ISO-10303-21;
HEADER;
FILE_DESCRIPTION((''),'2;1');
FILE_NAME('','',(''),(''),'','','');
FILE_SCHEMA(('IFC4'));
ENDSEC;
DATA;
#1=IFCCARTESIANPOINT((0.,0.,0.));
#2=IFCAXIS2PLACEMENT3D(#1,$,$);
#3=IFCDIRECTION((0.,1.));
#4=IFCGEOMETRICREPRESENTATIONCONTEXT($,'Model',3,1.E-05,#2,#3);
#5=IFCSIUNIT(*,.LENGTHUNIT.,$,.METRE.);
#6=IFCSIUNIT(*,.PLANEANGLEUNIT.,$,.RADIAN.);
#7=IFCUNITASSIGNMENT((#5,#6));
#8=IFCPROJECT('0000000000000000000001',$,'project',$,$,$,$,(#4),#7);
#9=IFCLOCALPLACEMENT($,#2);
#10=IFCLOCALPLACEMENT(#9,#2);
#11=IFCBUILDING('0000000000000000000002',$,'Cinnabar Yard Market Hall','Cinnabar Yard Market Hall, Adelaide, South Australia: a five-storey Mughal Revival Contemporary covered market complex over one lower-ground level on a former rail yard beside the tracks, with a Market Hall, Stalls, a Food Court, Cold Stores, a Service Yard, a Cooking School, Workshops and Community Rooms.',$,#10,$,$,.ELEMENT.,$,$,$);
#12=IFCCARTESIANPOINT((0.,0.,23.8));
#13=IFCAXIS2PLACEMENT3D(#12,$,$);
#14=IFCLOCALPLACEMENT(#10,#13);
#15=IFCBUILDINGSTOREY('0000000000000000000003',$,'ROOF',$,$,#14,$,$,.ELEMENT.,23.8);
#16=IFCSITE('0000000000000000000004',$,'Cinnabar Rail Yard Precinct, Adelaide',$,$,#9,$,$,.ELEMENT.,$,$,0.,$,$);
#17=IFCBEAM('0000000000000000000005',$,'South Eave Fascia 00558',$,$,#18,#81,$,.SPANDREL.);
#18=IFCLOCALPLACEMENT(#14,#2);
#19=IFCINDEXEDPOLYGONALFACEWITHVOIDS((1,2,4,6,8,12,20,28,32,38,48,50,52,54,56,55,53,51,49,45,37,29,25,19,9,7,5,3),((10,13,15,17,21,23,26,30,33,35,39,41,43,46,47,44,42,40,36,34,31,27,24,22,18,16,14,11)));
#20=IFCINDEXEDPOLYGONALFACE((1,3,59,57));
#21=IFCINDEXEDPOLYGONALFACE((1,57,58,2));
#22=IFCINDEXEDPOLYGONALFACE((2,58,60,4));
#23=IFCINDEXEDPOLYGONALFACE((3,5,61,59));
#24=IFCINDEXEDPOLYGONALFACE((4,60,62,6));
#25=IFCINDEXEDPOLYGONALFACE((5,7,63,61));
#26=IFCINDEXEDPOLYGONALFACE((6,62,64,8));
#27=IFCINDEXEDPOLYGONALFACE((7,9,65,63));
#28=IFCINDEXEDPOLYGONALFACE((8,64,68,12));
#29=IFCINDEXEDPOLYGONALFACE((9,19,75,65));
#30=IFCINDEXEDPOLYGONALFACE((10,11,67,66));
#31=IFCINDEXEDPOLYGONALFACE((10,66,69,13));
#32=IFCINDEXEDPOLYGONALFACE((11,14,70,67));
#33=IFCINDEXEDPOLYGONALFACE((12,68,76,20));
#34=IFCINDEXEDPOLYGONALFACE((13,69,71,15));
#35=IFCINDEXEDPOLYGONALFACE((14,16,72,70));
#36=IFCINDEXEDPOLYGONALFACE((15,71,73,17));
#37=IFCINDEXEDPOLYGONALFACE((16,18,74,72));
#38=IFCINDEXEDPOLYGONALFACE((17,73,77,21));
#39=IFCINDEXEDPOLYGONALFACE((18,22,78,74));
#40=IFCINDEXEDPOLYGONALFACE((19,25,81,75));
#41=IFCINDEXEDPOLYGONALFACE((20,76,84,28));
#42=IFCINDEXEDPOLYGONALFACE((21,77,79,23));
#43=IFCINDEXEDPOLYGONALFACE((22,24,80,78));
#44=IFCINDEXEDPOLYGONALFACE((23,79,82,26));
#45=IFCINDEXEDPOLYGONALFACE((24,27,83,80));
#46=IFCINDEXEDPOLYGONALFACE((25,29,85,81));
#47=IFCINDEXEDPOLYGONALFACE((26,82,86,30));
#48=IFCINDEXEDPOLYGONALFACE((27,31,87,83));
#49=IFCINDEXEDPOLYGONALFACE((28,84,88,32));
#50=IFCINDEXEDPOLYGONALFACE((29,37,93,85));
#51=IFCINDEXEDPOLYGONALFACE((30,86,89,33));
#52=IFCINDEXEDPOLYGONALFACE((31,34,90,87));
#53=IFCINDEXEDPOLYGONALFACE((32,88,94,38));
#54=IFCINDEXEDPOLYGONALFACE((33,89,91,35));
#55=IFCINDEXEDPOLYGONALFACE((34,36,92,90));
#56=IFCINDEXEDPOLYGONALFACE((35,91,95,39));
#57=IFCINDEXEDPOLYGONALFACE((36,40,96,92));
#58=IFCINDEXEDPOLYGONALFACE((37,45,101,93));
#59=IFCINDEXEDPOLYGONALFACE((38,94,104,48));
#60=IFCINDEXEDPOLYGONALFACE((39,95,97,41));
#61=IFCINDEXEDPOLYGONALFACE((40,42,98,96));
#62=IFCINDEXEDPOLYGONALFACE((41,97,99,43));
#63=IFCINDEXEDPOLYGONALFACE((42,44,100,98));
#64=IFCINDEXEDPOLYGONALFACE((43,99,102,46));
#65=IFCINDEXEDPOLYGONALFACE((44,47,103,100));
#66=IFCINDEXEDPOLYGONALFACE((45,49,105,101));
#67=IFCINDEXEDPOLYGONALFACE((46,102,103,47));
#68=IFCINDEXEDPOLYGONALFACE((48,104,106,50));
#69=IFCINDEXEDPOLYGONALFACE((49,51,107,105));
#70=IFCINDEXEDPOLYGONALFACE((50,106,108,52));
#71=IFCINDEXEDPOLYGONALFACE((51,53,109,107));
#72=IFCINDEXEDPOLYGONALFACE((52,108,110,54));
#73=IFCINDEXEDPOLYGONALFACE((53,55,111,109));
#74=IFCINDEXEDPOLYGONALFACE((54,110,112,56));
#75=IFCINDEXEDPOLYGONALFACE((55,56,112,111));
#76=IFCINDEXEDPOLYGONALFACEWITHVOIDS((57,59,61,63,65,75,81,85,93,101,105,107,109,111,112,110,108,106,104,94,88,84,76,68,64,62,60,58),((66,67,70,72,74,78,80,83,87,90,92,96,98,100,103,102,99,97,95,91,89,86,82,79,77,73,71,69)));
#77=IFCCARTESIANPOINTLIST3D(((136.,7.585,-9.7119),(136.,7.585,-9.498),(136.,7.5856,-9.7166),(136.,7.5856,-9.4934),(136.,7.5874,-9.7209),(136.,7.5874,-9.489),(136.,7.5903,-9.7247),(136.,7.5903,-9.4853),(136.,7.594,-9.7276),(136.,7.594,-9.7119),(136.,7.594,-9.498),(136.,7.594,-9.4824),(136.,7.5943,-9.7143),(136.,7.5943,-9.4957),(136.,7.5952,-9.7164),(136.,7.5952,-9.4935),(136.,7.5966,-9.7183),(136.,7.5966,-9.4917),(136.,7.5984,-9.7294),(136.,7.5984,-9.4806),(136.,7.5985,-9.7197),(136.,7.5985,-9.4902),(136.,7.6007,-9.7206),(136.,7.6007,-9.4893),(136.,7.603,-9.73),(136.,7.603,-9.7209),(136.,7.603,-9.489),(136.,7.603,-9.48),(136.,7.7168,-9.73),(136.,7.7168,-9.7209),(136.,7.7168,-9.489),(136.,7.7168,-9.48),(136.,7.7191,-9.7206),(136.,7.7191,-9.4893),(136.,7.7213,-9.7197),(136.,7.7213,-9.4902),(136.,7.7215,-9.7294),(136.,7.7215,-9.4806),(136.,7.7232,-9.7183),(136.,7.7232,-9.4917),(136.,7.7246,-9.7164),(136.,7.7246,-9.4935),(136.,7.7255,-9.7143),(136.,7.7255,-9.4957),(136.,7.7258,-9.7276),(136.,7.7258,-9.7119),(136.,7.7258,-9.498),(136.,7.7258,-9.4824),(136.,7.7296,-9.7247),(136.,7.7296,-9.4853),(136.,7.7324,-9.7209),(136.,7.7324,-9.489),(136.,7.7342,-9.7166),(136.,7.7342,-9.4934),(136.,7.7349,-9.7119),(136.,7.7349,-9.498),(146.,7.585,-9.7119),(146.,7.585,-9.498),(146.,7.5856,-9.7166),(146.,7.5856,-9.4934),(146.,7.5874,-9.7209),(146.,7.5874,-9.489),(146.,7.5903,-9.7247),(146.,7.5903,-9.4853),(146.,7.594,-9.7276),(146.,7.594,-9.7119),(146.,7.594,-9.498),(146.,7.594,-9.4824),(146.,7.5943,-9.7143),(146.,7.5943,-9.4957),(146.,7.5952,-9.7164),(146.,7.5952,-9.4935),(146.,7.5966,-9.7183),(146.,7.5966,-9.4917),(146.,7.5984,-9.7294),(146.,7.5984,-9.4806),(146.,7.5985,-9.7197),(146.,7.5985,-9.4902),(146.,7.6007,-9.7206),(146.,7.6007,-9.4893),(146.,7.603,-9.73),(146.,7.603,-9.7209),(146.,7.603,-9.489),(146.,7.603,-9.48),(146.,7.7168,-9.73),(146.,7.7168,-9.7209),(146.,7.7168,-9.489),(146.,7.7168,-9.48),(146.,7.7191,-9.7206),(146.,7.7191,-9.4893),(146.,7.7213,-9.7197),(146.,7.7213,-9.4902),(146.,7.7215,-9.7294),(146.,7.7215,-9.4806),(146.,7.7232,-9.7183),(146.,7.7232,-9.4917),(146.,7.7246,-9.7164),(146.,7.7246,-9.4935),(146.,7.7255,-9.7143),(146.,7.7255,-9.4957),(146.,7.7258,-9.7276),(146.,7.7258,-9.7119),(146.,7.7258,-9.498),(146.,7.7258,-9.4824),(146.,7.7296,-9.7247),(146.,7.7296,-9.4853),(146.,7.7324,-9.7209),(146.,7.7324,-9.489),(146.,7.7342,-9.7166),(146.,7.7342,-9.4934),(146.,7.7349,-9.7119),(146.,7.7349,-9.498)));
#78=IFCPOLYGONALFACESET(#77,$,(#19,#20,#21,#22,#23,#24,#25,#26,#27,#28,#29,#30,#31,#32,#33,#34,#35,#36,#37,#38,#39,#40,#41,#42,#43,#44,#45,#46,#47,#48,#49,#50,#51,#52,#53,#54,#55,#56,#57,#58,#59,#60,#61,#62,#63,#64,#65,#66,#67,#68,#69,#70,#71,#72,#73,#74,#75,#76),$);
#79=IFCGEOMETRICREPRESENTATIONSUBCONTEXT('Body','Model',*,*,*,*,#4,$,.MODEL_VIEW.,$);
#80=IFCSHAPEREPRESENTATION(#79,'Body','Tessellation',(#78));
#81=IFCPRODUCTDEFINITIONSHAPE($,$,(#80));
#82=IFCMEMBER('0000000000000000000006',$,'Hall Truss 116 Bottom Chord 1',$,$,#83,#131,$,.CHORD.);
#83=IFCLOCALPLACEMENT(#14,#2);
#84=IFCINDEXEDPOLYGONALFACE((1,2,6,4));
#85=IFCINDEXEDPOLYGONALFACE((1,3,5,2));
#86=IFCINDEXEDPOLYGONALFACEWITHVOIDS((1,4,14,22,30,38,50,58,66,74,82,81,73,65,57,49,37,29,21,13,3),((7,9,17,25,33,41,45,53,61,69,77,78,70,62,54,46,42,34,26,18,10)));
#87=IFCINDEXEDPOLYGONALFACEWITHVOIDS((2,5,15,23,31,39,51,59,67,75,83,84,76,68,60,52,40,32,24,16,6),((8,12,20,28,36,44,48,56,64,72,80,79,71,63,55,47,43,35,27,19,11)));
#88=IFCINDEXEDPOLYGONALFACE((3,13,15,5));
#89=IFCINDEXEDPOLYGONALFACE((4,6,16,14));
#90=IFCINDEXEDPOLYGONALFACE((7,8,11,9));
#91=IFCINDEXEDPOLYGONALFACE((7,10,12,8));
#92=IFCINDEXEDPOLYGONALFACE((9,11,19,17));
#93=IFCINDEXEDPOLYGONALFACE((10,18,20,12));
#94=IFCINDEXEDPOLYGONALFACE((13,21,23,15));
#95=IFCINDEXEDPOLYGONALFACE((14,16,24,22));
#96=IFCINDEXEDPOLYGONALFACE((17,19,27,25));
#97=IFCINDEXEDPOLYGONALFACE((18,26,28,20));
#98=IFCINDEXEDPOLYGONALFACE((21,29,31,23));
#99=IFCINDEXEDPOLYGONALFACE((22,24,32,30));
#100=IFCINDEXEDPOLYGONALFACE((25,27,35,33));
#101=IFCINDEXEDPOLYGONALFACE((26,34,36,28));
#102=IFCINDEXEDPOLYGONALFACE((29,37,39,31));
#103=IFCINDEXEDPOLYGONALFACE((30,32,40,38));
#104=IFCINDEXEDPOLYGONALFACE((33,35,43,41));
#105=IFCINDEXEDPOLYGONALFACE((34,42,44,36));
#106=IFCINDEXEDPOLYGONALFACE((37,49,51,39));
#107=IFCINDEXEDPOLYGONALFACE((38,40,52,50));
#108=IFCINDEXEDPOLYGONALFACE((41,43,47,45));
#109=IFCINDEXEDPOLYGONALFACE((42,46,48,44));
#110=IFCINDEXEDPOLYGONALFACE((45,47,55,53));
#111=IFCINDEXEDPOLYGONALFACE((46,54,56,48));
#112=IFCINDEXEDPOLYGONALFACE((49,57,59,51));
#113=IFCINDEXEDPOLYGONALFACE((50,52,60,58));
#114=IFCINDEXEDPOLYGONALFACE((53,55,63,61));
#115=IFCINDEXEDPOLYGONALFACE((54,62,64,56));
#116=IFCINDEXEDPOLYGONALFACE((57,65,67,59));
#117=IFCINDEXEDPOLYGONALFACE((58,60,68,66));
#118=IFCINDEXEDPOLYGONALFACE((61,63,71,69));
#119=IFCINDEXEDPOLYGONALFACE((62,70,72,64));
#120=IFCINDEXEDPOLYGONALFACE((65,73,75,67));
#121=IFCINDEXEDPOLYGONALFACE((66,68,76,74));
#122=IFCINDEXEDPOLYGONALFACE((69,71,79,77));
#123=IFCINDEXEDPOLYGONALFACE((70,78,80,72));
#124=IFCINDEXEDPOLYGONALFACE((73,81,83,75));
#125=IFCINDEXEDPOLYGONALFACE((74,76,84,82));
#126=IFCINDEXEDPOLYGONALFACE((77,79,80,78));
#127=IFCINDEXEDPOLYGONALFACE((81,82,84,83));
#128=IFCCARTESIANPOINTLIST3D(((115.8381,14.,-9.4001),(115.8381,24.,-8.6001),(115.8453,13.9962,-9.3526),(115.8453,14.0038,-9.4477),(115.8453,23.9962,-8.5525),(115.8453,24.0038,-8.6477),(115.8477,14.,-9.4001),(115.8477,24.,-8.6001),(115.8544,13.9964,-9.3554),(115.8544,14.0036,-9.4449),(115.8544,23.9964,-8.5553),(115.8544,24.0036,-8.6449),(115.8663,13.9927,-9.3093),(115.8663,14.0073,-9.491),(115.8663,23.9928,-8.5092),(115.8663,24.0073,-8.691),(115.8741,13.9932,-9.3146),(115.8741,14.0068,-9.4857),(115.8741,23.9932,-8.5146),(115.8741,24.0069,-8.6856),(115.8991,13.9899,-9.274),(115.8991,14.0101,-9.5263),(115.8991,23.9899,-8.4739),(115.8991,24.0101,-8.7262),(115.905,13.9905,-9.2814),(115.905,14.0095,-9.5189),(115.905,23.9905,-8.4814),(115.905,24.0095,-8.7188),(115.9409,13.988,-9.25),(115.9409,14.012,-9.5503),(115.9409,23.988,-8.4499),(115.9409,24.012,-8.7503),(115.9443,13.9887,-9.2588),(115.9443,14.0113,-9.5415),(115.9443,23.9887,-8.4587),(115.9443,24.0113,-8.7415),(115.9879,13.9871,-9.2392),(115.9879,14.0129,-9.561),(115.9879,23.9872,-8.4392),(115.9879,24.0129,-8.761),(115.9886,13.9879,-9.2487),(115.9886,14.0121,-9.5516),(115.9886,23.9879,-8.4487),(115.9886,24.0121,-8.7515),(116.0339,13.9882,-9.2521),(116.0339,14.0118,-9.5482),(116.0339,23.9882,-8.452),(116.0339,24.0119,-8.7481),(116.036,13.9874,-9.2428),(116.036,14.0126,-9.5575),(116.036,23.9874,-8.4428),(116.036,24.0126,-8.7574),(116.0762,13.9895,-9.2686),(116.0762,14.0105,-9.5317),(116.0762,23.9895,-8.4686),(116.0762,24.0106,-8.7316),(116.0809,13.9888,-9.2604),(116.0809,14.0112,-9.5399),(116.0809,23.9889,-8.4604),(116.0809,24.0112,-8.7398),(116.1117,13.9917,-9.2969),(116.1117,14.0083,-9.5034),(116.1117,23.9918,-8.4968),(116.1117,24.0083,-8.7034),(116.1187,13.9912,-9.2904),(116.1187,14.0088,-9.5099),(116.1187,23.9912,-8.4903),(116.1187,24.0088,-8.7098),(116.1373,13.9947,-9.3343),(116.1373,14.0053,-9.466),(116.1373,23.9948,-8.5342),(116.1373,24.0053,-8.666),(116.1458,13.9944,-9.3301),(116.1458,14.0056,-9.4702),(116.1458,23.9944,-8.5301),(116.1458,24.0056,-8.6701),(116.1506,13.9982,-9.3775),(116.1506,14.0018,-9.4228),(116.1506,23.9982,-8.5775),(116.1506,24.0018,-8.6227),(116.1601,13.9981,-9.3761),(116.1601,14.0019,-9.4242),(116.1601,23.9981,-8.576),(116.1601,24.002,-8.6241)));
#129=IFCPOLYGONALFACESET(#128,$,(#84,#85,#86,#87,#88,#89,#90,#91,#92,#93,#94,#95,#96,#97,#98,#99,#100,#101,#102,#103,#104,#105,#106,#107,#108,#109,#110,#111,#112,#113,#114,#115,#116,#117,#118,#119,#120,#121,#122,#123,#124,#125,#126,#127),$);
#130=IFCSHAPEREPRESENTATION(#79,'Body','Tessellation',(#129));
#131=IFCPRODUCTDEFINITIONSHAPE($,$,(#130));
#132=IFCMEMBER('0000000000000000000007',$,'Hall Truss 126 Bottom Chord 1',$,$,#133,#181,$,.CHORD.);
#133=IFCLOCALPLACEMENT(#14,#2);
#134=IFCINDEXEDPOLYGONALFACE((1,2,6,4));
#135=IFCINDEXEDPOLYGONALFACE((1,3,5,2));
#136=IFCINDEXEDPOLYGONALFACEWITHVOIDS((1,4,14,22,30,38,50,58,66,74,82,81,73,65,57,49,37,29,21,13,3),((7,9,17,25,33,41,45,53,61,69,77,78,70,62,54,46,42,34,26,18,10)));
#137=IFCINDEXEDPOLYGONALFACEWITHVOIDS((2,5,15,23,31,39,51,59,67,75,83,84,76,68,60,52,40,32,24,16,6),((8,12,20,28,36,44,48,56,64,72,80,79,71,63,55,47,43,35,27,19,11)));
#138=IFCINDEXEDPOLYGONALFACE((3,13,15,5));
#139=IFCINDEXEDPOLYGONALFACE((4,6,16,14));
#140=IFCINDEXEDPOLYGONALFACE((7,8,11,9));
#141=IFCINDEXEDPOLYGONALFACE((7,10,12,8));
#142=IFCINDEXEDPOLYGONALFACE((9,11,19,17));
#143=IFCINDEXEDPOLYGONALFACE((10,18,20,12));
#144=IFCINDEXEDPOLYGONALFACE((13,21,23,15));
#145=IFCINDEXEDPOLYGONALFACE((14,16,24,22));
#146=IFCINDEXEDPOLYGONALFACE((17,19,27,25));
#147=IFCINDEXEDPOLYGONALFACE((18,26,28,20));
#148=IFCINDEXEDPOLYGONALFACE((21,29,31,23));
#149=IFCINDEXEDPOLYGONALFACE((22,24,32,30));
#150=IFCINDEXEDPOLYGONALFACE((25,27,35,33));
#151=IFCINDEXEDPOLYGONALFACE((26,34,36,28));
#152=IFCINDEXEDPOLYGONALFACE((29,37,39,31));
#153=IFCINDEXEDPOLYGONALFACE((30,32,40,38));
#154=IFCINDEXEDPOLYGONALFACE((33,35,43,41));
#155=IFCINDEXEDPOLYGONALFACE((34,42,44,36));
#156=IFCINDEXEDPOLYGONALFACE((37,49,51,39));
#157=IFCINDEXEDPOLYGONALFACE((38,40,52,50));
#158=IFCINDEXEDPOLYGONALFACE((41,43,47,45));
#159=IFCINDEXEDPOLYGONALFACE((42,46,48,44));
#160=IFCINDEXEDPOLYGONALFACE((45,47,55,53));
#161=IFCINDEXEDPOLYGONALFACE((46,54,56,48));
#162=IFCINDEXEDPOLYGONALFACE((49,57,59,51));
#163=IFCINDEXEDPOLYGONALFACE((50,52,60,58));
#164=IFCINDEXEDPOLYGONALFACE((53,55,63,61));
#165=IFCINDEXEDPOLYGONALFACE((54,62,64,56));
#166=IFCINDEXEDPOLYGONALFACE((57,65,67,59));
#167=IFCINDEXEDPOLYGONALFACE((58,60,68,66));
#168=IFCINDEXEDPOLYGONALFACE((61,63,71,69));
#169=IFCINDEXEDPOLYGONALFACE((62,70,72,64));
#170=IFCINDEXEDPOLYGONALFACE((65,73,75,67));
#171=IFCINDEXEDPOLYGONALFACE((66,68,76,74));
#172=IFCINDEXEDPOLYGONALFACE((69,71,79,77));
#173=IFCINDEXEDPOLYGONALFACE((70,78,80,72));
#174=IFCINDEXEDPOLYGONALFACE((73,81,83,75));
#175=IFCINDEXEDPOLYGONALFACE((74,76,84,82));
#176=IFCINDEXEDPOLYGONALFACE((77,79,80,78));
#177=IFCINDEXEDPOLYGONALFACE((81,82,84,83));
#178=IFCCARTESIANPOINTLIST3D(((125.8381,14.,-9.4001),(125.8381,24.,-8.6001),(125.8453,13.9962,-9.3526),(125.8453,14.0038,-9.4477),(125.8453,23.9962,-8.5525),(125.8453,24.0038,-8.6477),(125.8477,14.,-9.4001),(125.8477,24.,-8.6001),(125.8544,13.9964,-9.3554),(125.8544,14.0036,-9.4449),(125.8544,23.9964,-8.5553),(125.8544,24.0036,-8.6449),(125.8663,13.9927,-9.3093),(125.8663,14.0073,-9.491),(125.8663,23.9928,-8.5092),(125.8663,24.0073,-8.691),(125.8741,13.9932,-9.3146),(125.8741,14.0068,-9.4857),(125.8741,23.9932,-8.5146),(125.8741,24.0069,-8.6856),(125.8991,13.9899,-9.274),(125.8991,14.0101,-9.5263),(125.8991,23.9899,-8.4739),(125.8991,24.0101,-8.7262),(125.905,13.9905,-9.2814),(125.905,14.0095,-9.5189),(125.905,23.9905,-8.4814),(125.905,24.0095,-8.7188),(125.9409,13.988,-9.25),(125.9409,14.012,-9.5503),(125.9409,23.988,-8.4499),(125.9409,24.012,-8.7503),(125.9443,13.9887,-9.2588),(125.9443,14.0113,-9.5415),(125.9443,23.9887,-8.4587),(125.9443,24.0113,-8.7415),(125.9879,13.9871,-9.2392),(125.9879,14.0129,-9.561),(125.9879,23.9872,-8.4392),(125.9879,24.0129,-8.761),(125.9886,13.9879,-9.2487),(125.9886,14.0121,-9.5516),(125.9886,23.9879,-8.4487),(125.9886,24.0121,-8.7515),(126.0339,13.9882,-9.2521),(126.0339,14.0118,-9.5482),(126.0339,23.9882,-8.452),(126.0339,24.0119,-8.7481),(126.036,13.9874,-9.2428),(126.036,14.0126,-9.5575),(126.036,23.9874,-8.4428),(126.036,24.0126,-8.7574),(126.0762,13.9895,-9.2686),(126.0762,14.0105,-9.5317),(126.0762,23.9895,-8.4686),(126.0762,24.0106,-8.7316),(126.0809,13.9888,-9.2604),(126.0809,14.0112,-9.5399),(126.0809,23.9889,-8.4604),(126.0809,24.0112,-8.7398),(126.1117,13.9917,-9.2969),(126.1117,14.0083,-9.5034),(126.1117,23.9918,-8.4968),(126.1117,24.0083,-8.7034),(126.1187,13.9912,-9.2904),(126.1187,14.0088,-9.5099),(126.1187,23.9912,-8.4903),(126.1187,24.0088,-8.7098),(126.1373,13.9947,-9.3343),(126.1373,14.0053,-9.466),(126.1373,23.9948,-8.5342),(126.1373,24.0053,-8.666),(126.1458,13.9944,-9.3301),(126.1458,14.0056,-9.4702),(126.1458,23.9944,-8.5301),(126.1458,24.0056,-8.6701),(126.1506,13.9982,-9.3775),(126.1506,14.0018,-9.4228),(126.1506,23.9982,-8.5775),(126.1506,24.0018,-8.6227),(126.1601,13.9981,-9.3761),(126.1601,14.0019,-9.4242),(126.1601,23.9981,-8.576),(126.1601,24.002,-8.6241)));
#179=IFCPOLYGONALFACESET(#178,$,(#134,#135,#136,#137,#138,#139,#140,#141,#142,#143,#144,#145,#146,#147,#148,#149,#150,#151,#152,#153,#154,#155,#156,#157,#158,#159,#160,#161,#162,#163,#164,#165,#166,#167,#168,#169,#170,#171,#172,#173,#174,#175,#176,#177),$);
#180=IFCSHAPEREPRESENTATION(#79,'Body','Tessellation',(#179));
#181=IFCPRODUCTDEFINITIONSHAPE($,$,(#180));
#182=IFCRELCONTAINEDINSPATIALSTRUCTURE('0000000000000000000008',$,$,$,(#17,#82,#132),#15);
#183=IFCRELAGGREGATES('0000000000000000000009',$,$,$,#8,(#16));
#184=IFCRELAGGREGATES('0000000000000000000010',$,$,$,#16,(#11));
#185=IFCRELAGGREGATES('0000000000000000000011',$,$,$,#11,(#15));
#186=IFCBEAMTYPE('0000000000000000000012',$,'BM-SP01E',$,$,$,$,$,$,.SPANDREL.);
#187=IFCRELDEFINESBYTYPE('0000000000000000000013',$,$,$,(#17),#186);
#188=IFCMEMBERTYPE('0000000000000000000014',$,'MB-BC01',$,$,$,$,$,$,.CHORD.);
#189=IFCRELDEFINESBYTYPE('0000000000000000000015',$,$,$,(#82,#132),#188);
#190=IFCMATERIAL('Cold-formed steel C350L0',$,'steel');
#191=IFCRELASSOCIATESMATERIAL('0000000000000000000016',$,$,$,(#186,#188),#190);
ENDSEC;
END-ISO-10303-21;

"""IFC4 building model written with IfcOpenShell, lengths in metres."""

from ifc_helpers import new_model, si_unit, direction, frame, origin, origin_2d_with_axis, place, context, subcontext, project, spatial, hollow_rectangle, hollow_circle, extrude, material, material_profile, profile_set, type_object, element, save


model = new_model("IFC4")

# Units and contexts
model_context = context("Model", 3, precision=1e-05, world=origin(), true_north=direction((0.0, 1.0)))
body_context = subcontext(model_context, "Body", "Model", "MODEL_VIEW")
ifc_project = project(units=[si_unit("LENGTHUNIT", "METRE"), si_unit("PLANEANGLEUNIT", "RADIAN")], contexts=[model_context])

# Site, building, storey
site_placement = place(None, origin())
site = spatial("IfcSite", under=ifc_project, at=site_placement, Name="Cinnabar Rail Yard Precinct, Adelaide", CompositionType="ELEMENT", RefElevation=0.0)
building_placement = place(site_placement, origin())
building = spatial("IfcBuilding", under=site, at=building_placement, Name="Cinnabar Yard Market Hall", Description="Cinnabar Yard Market Hall, Adelaide, South Australia: a five-storey Mughal Revival Contemporary covered market complex over one lower-ground level on a former rail yard beside the tracks, with a Market Hall, Stalls, a Food Court, Cold Stores, a Service Yard, a Cooking School, Workshops and Community Rooms.", CompositionType="ELEMENT")
storey_placement = place(building_placement, frame((0.0, 0.0, 23.8)))
storey = spatial("IfcBuildingStorey", under=building, at=storey_placement, Name="ROOF", CompositionType="ELEMENT", Elevation=23.8)

# Beam
ifc_material_1 = material(Name="Cold-formed steel C350L0", Category="steel")
ifc_material_profile_1 = material_profile(ifc_material_1, hollow_rectangle(XDim=0.1499, YDim=0.25, WallThickness=0.009, InnerFilletRadius=0.009, OuterFilletRadius=0.0181, at=origin_2d_with_axis()), Name="250x150x9.0RHS")
ifc_profile_set_1 = profile_set([ifc_material_profile_1], Name="Cold-formed steel C350L0")
beam_type_1 = type_object("IfcBeamType", Name="BM-SP01E", PredefinedType="SPANDREL", material=ifc_profile_set_1)
for number, where, z_axis, x_axis, name in (
    (1, (136.0, 7.6599, -9.605), (1.0, 0.0, 0.0), (0.0, 1.0, 0.0), "South Eave Fascia 00558"),
):
    element("IfcBeam", number, at=place(storey_placement, frame(where, z_axis=z_axis, x_axis=x_axis)), inside=storey, type_object=beam_type_1, Name=name, PredefinedType="SPANDREL", context=body_context, shape_type="SweptSolid", body=[
        extrude(hollow_rectangle(XDim=0.1499, YDim=0.25, WallThickness=0.009, InnerFilletRadius=0.009, OuterFilletRadius=0.0181, at=origin_2d_with_axis()), origin(), (0.0, 0.0, 1.0), 10.0),
    ])

# Members
ifc_material_profile_2 = material_profile(ifc_material_1, hollow_circle(Radius=0.1619, WallThickness=0.0095, at=origin_2d_with_axis()), Name="323.9x9.5CHS")
ifc_profile_set_2 = profile_set([ifc_material_profile_2], Name="Cold-formed steel C350L0")
member_type_1 = type_object("IfcMemberType", Name="MB-BC01", PredefinedType="CHORD", material=ifc_profile_set_2)
for number, where, z_axis, x_axis, name in (
    (2, (116.0, 14.0, -9.4001), (0.0, 0.996815, 0.07975), (-1.0, 0.0, 0.0), "Hall Truss 116 Bottom Chord 1"),
    (3, (126.0, 14.0, -9.4001), (0.0, 0.996815, 0.07975), (-1.0, 0.0, 0.0), "Hall Truss 126 Bottom Chord 1"),
):
    element("IfcMember", number, at=place(storey_placement, frame(where, z_axis=z_axis, x_axis=x_axis)), inside=storey, type_object=member_type_1, Name=name, PredefinedType="CHORD", context=body_context, shape_type="SweptSolid", body=[
        extrude(hollow_circle(Radius=0.1619, WallThickness=0.0095, at=origin_2d_with_axis()), origin(), (0.0, 0.0, 1.0), 10.032),
    ])

save(model, "model.ifc")
